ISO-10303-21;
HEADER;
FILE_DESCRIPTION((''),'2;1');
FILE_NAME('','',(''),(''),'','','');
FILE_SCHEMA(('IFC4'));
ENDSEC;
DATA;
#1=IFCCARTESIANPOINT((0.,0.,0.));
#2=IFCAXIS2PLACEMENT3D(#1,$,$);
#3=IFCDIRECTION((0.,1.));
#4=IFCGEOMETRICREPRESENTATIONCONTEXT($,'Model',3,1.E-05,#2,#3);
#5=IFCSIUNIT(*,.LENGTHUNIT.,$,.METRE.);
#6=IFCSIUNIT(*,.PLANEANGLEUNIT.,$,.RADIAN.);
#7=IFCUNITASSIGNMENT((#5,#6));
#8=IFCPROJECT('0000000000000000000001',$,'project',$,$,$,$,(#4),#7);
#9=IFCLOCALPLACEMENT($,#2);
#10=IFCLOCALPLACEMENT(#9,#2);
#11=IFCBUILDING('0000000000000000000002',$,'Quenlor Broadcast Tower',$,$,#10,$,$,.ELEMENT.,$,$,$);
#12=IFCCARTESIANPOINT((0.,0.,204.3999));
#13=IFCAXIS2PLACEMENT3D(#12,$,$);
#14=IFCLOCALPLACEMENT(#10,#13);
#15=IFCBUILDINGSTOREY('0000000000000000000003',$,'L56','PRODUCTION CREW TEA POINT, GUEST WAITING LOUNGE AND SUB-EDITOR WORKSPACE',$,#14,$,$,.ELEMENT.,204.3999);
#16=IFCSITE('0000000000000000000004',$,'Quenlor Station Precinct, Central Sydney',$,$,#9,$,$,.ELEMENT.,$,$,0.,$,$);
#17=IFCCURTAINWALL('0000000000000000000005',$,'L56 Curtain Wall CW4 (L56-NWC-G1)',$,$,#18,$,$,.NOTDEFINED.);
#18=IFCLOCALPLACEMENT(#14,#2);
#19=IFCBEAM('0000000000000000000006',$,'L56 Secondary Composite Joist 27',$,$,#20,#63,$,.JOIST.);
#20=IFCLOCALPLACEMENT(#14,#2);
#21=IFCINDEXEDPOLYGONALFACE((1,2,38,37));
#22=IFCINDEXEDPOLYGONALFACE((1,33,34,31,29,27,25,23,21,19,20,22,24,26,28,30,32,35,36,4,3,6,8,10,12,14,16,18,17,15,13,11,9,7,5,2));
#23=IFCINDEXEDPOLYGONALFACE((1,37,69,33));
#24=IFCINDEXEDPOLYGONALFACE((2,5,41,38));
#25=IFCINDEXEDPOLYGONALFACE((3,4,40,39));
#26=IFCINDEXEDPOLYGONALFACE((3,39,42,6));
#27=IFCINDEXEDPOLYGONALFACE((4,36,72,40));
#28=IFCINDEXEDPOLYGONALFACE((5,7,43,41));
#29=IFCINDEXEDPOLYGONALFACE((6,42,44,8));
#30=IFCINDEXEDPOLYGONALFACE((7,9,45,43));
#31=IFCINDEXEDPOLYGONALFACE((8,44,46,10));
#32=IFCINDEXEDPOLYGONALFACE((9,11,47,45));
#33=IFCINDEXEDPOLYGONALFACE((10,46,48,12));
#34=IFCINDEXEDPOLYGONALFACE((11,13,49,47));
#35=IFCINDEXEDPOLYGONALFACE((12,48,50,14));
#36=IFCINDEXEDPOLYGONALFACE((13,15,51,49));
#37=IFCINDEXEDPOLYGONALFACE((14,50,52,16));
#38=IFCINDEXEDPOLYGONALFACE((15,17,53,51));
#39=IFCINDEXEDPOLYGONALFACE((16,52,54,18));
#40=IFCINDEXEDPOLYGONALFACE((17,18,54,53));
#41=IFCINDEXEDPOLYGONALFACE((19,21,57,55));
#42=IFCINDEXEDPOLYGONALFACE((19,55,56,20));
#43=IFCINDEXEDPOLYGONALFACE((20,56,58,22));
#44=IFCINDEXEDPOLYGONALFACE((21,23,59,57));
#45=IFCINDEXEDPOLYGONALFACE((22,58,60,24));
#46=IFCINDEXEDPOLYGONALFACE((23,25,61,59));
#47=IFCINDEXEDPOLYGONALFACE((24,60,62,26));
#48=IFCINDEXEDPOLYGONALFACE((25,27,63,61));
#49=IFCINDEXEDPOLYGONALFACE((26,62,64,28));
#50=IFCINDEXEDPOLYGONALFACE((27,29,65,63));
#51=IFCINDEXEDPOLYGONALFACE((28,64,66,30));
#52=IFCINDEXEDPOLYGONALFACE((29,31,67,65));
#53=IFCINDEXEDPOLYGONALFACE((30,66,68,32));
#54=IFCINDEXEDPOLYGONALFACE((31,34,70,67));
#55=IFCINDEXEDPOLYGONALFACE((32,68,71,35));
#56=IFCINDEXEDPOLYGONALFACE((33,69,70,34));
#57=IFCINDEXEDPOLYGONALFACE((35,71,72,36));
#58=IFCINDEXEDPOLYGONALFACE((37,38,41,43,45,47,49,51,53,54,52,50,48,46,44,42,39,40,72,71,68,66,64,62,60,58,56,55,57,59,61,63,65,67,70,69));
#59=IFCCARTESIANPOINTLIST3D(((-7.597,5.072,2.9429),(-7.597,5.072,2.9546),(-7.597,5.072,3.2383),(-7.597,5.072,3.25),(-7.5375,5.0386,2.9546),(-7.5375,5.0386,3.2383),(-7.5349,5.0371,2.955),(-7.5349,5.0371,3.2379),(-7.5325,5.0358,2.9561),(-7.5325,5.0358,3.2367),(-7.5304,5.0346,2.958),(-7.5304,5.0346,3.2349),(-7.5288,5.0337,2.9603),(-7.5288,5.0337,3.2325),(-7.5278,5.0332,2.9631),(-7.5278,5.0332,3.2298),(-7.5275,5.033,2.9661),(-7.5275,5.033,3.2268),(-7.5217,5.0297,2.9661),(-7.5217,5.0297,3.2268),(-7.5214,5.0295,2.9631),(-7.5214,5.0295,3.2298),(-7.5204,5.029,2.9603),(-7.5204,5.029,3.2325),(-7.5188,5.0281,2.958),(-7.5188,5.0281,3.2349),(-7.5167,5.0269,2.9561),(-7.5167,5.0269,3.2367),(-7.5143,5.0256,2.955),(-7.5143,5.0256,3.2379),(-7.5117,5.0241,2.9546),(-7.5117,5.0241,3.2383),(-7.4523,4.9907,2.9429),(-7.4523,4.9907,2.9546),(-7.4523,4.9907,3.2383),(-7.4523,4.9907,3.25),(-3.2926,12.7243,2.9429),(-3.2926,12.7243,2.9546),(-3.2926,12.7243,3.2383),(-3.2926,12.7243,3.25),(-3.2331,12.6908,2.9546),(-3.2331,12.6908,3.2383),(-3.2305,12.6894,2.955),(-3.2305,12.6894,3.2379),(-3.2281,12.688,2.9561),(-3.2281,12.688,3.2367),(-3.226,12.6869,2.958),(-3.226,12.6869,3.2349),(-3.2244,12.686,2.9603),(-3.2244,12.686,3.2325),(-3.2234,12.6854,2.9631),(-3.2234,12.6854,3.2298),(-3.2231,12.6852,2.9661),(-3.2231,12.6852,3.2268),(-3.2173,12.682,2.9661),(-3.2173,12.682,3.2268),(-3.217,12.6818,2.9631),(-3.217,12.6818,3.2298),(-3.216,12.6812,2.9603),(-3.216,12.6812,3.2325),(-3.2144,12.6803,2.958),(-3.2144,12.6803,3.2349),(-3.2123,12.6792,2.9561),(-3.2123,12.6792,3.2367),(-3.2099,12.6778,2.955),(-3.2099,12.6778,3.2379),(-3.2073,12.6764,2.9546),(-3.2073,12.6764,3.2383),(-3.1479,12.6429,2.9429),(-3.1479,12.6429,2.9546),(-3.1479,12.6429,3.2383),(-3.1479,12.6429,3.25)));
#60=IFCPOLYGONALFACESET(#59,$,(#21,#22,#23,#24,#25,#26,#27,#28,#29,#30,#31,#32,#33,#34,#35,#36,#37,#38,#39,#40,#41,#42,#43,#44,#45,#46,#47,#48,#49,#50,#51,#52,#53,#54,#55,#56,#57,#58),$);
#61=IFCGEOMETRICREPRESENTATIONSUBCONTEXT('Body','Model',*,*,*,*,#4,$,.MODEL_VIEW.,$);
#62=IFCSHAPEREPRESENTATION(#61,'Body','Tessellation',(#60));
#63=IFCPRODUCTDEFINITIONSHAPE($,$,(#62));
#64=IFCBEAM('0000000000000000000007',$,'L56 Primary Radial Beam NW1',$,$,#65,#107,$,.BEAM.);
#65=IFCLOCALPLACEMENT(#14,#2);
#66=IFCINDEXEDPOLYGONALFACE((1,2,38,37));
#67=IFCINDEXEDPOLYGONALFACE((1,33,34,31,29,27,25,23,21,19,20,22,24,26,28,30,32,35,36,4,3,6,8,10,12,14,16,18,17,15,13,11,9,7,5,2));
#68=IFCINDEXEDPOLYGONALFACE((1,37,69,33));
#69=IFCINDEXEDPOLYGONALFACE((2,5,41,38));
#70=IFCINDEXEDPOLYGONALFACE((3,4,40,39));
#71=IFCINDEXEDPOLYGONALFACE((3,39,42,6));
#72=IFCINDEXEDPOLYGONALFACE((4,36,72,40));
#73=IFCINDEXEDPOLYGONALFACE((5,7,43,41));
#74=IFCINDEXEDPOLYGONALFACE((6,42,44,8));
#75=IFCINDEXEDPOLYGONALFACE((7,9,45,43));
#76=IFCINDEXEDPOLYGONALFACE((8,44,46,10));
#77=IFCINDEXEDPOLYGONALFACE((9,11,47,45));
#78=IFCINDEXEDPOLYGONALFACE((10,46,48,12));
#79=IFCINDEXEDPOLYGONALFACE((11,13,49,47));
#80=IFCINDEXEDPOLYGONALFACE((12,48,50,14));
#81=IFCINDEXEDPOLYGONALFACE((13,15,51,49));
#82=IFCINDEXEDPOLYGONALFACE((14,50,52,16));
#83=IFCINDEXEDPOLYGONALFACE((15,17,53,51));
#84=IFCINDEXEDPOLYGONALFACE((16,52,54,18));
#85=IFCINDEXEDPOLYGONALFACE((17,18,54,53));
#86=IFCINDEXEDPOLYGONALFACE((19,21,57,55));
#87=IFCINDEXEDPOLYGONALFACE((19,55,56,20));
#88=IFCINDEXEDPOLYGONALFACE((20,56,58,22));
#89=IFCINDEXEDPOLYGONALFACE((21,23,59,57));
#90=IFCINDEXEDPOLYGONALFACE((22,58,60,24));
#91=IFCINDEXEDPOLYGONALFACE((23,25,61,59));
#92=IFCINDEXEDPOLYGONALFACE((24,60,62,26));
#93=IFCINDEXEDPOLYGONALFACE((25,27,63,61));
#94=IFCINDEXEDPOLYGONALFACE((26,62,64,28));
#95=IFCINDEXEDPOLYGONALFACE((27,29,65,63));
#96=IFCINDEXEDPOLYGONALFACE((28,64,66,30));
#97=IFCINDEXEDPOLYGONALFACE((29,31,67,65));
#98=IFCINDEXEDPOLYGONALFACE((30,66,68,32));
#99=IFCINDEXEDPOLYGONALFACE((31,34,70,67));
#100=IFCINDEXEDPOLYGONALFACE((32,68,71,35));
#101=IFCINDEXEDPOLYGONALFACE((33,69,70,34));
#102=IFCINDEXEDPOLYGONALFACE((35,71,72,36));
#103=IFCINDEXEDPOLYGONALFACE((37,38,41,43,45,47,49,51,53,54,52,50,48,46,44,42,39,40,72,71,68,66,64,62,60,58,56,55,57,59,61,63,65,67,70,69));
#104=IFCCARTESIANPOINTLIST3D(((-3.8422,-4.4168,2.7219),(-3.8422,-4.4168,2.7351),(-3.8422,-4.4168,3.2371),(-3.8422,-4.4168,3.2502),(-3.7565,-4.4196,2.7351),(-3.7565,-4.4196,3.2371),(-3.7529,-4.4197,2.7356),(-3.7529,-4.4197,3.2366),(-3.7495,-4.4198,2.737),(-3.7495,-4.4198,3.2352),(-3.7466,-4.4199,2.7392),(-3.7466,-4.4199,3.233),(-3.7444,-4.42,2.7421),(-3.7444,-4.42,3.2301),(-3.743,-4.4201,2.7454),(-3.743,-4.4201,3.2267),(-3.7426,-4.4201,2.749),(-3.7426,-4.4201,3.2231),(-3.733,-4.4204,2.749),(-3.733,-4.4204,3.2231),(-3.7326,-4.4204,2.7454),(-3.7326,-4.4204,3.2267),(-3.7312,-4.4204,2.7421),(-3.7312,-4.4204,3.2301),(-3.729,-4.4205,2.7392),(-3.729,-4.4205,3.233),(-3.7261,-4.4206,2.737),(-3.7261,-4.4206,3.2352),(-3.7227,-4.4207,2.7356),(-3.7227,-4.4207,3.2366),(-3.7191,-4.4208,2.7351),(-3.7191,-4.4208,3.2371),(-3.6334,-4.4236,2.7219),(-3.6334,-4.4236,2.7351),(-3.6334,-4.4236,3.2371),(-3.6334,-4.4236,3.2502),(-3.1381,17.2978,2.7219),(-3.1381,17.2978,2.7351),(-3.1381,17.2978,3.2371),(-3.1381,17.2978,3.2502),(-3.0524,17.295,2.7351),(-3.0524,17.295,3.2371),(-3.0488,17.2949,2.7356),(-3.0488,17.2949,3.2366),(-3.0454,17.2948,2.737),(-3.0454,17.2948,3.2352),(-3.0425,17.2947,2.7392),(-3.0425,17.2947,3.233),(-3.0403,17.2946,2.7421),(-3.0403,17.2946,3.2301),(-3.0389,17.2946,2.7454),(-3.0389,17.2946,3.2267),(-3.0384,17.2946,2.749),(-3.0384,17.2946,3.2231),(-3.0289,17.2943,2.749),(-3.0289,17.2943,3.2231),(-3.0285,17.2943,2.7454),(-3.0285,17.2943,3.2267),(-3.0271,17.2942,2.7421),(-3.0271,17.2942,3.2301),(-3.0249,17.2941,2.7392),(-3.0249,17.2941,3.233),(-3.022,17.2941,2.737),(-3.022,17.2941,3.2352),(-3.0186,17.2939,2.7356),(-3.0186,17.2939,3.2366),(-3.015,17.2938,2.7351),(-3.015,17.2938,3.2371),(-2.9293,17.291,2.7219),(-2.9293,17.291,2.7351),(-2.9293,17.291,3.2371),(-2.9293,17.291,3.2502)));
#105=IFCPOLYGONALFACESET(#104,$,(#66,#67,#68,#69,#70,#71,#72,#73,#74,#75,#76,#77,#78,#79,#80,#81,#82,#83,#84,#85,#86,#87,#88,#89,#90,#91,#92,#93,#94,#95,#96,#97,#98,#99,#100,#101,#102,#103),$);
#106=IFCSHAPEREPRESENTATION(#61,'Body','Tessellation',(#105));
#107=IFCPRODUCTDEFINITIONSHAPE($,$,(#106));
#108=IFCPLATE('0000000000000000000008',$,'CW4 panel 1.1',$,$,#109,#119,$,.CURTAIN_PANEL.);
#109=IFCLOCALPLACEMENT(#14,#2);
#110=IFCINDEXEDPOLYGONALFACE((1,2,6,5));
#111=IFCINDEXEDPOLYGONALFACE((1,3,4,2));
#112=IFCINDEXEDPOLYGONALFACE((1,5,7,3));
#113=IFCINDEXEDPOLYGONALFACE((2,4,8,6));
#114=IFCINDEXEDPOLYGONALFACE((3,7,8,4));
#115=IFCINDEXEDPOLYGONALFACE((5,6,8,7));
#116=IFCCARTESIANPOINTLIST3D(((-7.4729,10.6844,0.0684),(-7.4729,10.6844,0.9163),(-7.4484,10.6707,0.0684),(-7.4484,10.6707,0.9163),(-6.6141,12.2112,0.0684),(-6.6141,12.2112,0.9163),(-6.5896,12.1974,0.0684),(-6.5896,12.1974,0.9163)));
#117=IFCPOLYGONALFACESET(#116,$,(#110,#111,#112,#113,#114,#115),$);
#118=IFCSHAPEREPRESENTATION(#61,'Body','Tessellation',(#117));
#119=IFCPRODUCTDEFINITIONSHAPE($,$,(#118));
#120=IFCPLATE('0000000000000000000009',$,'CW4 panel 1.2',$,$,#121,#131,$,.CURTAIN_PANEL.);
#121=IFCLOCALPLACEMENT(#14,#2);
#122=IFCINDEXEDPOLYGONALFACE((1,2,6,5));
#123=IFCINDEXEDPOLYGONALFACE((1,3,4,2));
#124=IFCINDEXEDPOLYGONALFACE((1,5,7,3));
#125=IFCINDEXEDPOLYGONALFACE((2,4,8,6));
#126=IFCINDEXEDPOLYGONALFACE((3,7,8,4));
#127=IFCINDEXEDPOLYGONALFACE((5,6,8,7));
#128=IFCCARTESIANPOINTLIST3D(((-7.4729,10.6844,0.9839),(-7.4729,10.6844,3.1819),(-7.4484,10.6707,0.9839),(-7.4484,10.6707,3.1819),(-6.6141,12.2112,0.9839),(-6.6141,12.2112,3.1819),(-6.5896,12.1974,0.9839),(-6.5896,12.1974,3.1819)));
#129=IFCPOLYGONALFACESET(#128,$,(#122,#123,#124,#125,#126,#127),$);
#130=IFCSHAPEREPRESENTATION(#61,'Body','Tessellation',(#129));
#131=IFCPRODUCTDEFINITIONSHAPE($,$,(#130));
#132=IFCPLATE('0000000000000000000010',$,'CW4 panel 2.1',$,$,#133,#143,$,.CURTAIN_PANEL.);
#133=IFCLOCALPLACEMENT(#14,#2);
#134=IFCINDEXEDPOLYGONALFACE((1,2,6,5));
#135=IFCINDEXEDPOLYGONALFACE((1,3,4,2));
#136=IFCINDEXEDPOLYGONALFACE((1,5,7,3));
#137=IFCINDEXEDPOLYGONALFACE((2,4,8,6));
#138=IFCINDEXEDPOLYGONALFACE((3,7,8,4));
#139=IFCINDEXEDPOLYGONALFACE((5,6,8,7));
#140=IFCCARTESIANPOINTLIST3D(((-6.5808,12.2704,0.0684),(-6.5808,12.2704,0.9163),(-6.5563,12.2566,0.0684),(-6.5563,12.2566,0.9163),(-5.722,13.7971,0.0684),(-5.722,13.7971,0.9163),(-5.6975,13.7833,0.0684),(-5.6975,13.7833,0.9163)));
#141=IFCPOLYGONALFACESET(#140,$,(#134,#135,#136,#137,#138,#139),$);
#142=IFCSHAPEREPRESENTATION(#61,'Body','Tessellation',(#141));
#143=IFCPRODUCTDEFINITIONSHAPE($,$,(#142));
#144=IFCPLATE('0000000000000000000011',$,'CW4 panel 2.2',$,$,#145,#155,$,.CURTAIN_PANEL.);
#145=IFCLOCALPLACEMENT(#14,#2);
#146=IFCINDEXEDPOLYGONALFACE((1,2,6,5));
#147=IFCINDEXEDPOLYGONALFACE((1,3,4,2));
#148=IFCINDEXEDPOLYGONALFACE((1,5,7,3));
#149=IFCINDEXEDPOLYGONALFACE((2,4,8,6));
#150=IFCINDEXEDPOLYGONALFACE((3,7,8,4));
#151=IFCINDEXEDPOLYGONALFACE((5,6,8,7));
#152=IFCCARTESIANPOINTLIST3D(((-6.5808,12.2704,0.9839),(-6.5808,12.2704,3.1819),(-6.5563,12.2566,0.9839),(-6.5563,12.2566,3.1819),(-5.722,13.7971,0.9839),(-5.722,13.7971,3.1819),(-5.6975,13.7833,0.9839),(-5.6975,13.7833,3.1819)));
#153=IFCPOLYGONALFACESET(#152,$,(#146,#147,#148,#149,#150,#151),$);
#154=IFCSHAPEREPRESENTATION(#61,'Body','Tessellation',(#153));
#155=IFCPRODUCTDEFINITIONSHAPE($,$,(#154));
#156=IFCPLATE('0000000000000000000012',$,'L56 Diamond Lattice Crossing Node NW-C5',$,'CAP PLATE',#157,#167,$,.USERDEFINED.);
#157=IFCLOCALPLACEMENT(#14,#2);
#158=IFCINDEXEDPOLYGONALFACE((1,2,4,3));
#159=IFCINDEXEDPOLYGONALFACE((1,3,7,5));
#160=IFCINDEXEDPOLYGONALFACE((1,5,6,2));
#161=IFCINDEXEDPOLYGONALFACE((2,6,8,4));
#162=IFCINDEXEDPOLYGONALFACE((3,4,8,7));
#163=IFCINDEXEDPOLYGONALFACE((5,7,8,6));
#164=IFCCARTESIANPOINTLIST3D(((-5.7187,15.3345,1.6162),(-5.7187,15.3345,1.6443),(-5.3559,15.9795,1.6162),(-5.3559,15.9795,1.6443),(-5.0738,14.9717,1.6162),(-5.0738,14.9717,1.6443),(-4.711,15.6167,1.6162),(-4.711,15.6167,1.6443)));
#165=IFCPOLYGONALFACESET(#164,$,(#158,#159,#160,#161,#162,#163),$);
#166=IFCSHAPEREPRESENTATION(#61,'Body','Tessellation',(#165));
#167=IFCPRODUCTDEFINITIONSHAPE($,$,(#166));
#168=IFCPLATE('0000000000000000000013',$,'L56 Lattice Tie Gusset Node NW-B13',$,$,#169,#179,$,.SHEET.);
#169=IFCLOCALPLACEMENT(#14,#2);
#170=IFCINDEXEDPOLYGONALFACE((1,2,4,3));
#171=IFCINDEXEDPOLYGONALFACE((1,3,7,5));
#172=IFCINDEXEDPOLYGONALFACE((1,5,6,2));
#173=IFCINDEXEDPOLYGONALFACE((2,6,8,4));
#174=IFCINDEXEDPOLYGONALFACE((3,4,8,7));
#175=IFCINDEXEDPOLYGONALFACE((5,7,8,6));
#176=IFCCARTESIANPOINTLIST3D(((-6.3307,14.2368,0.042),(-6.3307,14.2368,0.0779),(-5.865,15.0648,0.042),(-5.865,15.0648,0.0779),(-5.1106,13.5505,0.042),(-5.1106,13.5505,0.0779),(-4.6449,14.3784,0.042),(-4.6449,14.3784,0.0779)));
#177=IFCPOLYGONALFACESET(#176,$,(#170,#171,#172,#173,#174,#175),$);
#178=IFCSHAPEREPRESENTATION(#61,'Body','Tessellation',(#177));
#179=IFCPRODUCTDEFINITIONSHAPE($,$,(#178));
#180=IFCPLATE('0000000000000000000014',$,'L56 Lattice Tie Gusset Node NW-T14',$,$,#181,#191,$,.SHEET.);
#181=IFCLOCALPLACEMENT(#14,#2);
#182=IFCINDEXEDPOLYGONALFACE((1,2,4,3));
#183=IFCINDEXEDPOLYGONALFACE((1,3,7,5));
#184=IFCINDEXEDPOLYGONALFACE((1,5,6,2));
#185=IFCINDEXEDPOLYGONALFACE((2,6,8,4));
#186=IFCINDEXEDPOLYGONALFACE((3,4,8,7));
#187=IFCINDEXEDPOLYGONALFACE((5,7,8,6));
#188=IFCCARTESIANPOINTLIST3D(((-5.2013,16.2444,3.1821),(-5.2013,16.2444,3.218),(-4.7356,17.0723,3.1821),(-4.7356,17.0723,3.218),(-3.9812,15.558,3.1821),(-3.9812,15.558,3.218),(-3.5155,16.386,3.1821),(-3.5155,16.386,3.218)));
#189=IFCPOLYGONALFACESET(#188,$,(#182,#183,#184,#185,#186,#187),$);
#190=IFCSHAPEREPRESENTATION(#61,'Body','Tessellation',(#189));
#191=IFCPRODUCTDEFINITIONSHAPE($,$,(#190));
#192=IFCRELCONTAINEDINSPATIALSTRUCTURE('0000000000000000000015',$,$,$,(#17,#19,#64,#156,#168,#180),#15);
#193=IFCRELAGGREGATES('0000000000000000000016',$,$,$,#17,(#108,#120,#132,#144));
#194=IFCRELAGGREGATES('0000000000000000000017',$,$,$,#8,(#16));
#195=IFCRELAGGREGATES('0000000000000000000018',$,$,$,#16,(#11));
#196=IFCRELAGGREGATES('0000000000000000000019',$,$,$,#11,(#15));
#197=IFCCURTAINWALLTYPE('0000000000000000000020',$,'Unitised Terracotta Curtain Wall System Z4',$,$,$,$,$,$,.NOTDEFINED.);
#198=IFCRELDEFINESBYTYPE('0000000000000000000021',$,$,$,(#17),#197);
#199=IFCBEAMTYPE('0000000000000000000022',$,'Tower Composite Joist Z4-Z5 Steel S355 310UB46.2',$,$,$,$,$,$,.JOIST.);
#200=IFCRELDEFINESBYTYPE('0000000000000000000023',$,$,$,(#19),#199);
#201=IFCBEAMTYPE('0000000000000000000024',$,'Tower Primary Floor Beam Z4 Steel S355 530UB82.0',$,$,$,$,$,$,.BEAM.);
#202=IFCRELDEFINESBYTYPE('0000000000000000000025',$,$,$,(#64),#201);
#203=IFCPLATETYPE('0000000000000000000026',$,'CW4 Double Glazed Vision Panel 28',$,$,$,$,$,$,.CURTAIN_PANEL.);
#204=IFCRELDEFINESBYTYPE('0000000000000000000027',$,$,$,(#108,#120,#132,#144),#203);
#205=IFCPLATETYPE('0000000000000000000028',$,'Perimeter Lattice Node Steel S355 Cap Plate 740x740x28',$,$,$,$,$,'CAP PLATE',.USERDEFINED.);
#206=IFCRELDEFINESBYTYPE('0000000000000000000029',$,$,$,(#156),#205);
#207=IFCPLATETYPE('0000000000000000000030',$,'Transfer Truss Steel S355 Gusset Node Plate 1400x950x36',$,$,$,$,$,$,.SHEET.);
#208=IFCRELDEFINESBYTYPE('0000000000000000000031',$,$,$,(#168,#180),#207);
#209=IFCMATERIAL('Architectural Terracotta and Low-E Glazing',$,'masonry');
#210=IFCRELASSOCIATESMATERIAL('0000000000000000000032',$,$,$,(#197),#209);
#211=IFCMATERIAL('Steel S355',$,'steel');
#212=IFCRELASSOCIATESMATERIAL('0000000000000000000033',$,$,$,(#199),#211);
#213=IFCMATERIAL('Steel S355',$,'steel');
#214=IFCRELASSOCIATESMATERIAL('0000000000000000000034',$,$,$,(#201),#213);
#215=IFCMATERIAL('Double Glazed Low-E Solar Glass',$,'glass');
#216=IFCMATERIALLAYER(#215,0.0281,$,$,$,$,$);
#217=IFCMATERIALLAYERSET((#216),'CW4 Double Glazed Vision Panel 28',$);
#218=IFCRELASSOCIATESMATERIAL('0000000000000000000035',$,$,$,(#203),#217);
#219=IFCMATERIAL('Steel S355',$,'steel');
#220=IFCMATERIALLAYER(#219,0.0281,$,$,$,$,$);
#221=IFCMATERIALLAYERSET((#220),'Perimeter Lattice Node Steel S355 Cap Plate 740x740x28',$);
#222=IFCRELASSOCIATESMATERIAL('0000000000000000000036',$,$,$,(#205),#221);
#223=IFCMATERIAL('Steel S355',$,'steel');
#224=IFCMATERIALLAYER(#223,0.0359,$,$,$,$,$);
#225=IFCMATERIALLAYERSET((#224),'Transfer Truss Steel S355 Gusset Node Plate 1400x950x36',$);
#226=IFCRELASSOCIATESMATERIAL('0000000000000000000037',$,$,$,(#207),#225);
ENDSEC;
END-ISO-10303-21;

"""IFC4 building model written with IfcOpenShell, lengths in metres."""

from ifc_helpers import new_model, si_unit, direction, frame, origin, origin_2d, place, context, subcontext, project, spatial, rectangle, i_section, extrude, material, layer, layer_set, material_profile, profile_set, type_object, element, aggregate, save


model = new_model("IFC4")

# Units and contexts
model_context = context("Model", 3, precision=1e-05, world=origin(), true_north=direction((0.0, 1.0)))
body_context = subcontext(model_context, "Body", "Model", "MODEL_VIEW")
ifc_project = project(units=[si_unit("LENGTHUNIT", "METRE"), si_unit("PLANEANGLEUNIT", "RADIAN")], contexts=[model_context])

# Site, building, storey
site_placement = place(None, origin())
site = spatial("IfcSite", under=ifc_project, at=site_placement, Name="Quenlor Station Precinct, Central Sydney", CompositionType="ELEMENT", RefElevation=0.0)
building_placement = place(site_placement, origin())
building = spatial("IfcBuilding", under=site, at=building_placement, Name="Quenlor Broadcast Tower", CompositionType="ELEMENT")
storey_placement = place(building_placement, frame((0.0, 0.0, 204.3999)))
storey = spatial("IfcBuildingStorey", under=building, at=storey_placement, Name="L56", Description="PRODUCTION CREW TEA POINT, GUEST WAITING LOUNGE AND SUB-EDITOR WORKSPACE", CompositionType="ELEMENT", Elevation=204.3999)

# Curtain wall
ifc_material_1 = material(Name="Architectural Terracotta and Low-E Glazing", Category="masonry")
curtain_wall_type = type_object("IfcCurtainWallType", Name="Unitised Terracotta Curtain Wall System Z4", PredefinedType="NOTDEFINED", material=ifc_material_1)
curtain_wall_placement = place(storey_placement, origin())
curtain_wall = element("IfcCurtainWall", 1, at=curtain_wall_placement, inside=storey, type_object=curtain_wall_type, Name="L56 Curtain Wall CW4 (L56-NWC-G1)", PredefinedType="NOTDEFINED")

# Beams
ifc_material_2 = material(Name="Steel S355", Category="steel")
ifc_material_profile_1 = material_profile(ifc_material_2, i_section(OverallWidth=0.166, OverallDepth=0.3071, WebThickness=0.0066, FlangeThickness=0.0117, FilletRadius=0.0115, at=origin_2d()))
ifc_profile_set_1 = profile_set([ifc_material_profile_1], Name="Steel S355 310UB46.2")
beam_type_1 = type_object("IfcBeamType", Name="Tower Composite Joist Z4-Z5 Steel S355 310UB46.2", PredefinedType="JOIST", material=ifc_profile_set_1)
beam_1_placement = place(storey_placement, frame((-3.2202, 12.6836, 3.0964), z_axis=(-0.490261, -0.871576, 0.0), x_axis=(0.871576, -0.490261, 0.0)))
element("IfcBeam", 2, at=beam_1_placement, inside=storey, type_object=beam_type_1, Name="L56 Secondary Composite Joist 27", PredefinedType="JOIST", context=body_context, shape_type="SweptSolid", body=[
    extrude(i_section(OverallWidth=0.166, OverallDepth=0.3071, WebThickness=0.0066, FlangeThickness=0.0117, FilletRadius=0.0115, at=origin_2d()), origin(), (0.0, 0.0, 1.0), 8.7798),
])
ifc_material_3 = material(Name="Steel S355", Category="steel")
ifc_material_profile_2 = material_profile(ifc_material_3, i_section(OverallWidth=0.209, OverallDepth=0.5283, WebThickness=0.0095, FlangeThickness=0.0132, FilletRadius=0.0139, at=origin_2d()))
ifc_profile_set_2 = profile_set([ifc_material_profile_2], Name="Steel S355 530UB82.0")
beam_type_2 = type_object("IfcBeamType", Name="Tower Primary Floor Beam Z4 Steel S355 530UB82.0", PredefinedType="BEAM", material=ifc_profile_set_2)
beam_2_placement = place(storey_placement, frame((-3.0337, 17.2944, 2.9861), z_axis=(-0.032408, -0.999475, 0.0), x_axis=(0.999475, -0.032408, 0.0)))
element("IfcBeam", 3, at=beam_2_placement, inside=storey, type_object=beam_type_2, Name="L56 Primary Radial Beam NW1", PredefinedType="BEAM", context=body_context, shape_type="SweptSolid", body=[
    extrude(i_section(OverallWidth=0.209, OverallDepth=0.5283, WebThickness=0.0095, FlangeThickness=0.0132, FilletRadius=0.0139, at=origin_2d()), origin(), (0.0, 0.0, 1.0), 21.7261),
])

# Plates
ifc_material_4 = material(Name="Double Glazed Low-E Solar Glass", Category="glass")
ifc_layer_1 = layer(ifc_material_4, 0.0281)
ifc_layer_set_1 = layer_set([ifc_layer_1], Name="CW4 Double Glazed Vision Panel 28")
plate_type_1 = type_object("IfcPlateType", Name="CW4 Double Glazed Vision Panel 28", PredefinedType="CURTAIN_PANEL", material=ifc_layer_set_1)
plate_1_placement = place(storey_placement, frame((-7.0312, 11.4409, 0.0684), z_axis=(0.0, 0.0, 1.0), x_axis=(0.49026, 0.871576, 0.0)))
plate_1 = element("IfcPlate", 4, at=plate_1_placement, type_object=plate_type_1, Name="CW4 panel 1.1", PredefinedType="CURTAIN_PANEL", context=body_context, shape_type="SweptSolid", body=[
    extrude(rectangle(XDim=1.7517, YDim=0.0281, at=origin_2d()), origin(), (0.0, 0.0, 1.0), 0.8479),
])
plate_2_placement = place(storey_placement, frame((-7.0312, 11.4409, 0.9839), z_axis=(0.0, 0.0, 1.0), x_axis=(0.49026, 0.871576, 0.0)))
plate_2 = element("IfcPlate", 5, at=plate_2_placement, type_object=plate_type_1, Name="CW4 panel 1.2", PredefinedType="CURTAIN_PANEL", context=body_context, shape_type="SweptSolid", body=[
    extrude(rectangle(XDim=1.7517, YDim=0.0281, at=origin_2d()), origin(), (0.0, 0.0, 1.0), 2.198),
])
plate_3_placement = place(storey_placement, frame((-6.1392, 13.0269, 0.0684), z_axis=(0.0, 0.0, 1.0), x_axis=(0.49026, 0.871576, 0.0)))
plate_3 = element("IfcPlate", 6, at=plate_3_placement, type_object=plate_type_1, Name="CW4 panel 2.1", PredefinedType="CURTAIN_PANEL", context=body_context, shape_type="SweptSolid", body=[
    extrude(rectangle(XDim=1.7517, YDim=0.0281, at=origin_2d()), origin(), (0.0, 0.0, 1.0), 0.8479),
])
plate_4_placement = place(storey_placement, frame((-6.1392, 13.0269, 0.9839), z_axis=(0.0, 0.0, 1.0), x_axis=(0.49026, 0.871576, 0.0)))
plate_4 = element("IfcPlate", 7, at=plate_4_placement, type_object=plate_type_1, Name="CW4 panel 2.2", PredefinedType="CURTAIN_PANEL", context=body_context, shape_type="SweptSolid", body=[
    extrude(rectangle(XDim=1.7517, YDim=0.0281, at=origin_2d()), origin(), (0.0, 0.0, 1.0), 2.198),
])
aggregate(curtain_wall, [plate_1, plate_2, plate_3, plate_4])

# Plates
ifc_material_5 = material(Name="Steel S355", Category="steel")
ifc_layer_2 = layer(ifc_material_5, 0.0281)
ifc_layer_set_2 = layer_set([ifc_layer_2], Name="Perimeter Lattice Node Steel S355 Cap Plate 740x740x28")
plate_type_2 = type_object("IfcPlateType", Name="Perimeter Lattice Node Steel S355 Cap Plate 740x740x28", ElementType="CAP PLATE", PredefinedType="USERDEFINED", material=ifc_layer_set_2)
plate_5_placement = place(storey_placement, frame((-5.2148, 15.4756, 1.6162), z_axis=(0.0, 0.0, 1.0), x_axis=(0.490295, 0.871556, 0.0)))
element("IfcPlate", 8, at=plate_5_placement, inside=storey, type_object=plate_type_2, Name="L56 Diamond Lattice Crossing Node NW-C5", ObjectType="CAP PLATE", PredefinedType="USERDEFINED", context=body_context, shape_type="SweptSolid", body=[
    extrude(rectangle(XDim=0.74, YDim=0.74, at=origin_2d()), origin(), (0.0, 0.0, 1.0), 0.0281),
])
ifc_material_6 = material(Name="Steel S355", Category="steel")
ifc_layer_3 = layer(ifc_material_6, 0.0359)
ifc_layer_set_3 = layer_set([ifc_layer_3], Name="Transfer Truss Steel S355 Gusset Node Plate 1400x950x36")
plate_type_3 = type_object("IfcPlateType", Name="Transfer Truss Steel S355 Gusset Node Plate 1400x950x36", PredefinedType="SHEET", material=ifc_layer_set_3)
for number, where, z_axis, x_axis, name in (
    (9, (-5.4878, 14.3076, 0.042), (0.0, 0.0, 1.0), (-0.871556, 0.490295, 0.0), "L56 Lattice Tie Gusset Node NW-B13"),
    (10, (-4.3584, 16.3152, 3.1821), (0.0, 0.0, 1.0), (-0.871556, 0.490295, 0.0), "L56 Lattice Tie Gusset Node NW-T14"),
):
    element("IfcPlate", number, at=place(storey_placement, frame(where, z_axis=z_axis, x_axis=x_axis)), inside=storey, type_object=plate_type_3, Name=name, PredefinedType="SHEET", context=body_context, shape_type="SweptSolid", body=[
        extrude(rectangle(XDim=1.3999, YDim=0.95, at=origin_2d()), origin(), (0.0, 0.0, 1.0), 0.0359),
    ])

save(model, "model.ifc")
